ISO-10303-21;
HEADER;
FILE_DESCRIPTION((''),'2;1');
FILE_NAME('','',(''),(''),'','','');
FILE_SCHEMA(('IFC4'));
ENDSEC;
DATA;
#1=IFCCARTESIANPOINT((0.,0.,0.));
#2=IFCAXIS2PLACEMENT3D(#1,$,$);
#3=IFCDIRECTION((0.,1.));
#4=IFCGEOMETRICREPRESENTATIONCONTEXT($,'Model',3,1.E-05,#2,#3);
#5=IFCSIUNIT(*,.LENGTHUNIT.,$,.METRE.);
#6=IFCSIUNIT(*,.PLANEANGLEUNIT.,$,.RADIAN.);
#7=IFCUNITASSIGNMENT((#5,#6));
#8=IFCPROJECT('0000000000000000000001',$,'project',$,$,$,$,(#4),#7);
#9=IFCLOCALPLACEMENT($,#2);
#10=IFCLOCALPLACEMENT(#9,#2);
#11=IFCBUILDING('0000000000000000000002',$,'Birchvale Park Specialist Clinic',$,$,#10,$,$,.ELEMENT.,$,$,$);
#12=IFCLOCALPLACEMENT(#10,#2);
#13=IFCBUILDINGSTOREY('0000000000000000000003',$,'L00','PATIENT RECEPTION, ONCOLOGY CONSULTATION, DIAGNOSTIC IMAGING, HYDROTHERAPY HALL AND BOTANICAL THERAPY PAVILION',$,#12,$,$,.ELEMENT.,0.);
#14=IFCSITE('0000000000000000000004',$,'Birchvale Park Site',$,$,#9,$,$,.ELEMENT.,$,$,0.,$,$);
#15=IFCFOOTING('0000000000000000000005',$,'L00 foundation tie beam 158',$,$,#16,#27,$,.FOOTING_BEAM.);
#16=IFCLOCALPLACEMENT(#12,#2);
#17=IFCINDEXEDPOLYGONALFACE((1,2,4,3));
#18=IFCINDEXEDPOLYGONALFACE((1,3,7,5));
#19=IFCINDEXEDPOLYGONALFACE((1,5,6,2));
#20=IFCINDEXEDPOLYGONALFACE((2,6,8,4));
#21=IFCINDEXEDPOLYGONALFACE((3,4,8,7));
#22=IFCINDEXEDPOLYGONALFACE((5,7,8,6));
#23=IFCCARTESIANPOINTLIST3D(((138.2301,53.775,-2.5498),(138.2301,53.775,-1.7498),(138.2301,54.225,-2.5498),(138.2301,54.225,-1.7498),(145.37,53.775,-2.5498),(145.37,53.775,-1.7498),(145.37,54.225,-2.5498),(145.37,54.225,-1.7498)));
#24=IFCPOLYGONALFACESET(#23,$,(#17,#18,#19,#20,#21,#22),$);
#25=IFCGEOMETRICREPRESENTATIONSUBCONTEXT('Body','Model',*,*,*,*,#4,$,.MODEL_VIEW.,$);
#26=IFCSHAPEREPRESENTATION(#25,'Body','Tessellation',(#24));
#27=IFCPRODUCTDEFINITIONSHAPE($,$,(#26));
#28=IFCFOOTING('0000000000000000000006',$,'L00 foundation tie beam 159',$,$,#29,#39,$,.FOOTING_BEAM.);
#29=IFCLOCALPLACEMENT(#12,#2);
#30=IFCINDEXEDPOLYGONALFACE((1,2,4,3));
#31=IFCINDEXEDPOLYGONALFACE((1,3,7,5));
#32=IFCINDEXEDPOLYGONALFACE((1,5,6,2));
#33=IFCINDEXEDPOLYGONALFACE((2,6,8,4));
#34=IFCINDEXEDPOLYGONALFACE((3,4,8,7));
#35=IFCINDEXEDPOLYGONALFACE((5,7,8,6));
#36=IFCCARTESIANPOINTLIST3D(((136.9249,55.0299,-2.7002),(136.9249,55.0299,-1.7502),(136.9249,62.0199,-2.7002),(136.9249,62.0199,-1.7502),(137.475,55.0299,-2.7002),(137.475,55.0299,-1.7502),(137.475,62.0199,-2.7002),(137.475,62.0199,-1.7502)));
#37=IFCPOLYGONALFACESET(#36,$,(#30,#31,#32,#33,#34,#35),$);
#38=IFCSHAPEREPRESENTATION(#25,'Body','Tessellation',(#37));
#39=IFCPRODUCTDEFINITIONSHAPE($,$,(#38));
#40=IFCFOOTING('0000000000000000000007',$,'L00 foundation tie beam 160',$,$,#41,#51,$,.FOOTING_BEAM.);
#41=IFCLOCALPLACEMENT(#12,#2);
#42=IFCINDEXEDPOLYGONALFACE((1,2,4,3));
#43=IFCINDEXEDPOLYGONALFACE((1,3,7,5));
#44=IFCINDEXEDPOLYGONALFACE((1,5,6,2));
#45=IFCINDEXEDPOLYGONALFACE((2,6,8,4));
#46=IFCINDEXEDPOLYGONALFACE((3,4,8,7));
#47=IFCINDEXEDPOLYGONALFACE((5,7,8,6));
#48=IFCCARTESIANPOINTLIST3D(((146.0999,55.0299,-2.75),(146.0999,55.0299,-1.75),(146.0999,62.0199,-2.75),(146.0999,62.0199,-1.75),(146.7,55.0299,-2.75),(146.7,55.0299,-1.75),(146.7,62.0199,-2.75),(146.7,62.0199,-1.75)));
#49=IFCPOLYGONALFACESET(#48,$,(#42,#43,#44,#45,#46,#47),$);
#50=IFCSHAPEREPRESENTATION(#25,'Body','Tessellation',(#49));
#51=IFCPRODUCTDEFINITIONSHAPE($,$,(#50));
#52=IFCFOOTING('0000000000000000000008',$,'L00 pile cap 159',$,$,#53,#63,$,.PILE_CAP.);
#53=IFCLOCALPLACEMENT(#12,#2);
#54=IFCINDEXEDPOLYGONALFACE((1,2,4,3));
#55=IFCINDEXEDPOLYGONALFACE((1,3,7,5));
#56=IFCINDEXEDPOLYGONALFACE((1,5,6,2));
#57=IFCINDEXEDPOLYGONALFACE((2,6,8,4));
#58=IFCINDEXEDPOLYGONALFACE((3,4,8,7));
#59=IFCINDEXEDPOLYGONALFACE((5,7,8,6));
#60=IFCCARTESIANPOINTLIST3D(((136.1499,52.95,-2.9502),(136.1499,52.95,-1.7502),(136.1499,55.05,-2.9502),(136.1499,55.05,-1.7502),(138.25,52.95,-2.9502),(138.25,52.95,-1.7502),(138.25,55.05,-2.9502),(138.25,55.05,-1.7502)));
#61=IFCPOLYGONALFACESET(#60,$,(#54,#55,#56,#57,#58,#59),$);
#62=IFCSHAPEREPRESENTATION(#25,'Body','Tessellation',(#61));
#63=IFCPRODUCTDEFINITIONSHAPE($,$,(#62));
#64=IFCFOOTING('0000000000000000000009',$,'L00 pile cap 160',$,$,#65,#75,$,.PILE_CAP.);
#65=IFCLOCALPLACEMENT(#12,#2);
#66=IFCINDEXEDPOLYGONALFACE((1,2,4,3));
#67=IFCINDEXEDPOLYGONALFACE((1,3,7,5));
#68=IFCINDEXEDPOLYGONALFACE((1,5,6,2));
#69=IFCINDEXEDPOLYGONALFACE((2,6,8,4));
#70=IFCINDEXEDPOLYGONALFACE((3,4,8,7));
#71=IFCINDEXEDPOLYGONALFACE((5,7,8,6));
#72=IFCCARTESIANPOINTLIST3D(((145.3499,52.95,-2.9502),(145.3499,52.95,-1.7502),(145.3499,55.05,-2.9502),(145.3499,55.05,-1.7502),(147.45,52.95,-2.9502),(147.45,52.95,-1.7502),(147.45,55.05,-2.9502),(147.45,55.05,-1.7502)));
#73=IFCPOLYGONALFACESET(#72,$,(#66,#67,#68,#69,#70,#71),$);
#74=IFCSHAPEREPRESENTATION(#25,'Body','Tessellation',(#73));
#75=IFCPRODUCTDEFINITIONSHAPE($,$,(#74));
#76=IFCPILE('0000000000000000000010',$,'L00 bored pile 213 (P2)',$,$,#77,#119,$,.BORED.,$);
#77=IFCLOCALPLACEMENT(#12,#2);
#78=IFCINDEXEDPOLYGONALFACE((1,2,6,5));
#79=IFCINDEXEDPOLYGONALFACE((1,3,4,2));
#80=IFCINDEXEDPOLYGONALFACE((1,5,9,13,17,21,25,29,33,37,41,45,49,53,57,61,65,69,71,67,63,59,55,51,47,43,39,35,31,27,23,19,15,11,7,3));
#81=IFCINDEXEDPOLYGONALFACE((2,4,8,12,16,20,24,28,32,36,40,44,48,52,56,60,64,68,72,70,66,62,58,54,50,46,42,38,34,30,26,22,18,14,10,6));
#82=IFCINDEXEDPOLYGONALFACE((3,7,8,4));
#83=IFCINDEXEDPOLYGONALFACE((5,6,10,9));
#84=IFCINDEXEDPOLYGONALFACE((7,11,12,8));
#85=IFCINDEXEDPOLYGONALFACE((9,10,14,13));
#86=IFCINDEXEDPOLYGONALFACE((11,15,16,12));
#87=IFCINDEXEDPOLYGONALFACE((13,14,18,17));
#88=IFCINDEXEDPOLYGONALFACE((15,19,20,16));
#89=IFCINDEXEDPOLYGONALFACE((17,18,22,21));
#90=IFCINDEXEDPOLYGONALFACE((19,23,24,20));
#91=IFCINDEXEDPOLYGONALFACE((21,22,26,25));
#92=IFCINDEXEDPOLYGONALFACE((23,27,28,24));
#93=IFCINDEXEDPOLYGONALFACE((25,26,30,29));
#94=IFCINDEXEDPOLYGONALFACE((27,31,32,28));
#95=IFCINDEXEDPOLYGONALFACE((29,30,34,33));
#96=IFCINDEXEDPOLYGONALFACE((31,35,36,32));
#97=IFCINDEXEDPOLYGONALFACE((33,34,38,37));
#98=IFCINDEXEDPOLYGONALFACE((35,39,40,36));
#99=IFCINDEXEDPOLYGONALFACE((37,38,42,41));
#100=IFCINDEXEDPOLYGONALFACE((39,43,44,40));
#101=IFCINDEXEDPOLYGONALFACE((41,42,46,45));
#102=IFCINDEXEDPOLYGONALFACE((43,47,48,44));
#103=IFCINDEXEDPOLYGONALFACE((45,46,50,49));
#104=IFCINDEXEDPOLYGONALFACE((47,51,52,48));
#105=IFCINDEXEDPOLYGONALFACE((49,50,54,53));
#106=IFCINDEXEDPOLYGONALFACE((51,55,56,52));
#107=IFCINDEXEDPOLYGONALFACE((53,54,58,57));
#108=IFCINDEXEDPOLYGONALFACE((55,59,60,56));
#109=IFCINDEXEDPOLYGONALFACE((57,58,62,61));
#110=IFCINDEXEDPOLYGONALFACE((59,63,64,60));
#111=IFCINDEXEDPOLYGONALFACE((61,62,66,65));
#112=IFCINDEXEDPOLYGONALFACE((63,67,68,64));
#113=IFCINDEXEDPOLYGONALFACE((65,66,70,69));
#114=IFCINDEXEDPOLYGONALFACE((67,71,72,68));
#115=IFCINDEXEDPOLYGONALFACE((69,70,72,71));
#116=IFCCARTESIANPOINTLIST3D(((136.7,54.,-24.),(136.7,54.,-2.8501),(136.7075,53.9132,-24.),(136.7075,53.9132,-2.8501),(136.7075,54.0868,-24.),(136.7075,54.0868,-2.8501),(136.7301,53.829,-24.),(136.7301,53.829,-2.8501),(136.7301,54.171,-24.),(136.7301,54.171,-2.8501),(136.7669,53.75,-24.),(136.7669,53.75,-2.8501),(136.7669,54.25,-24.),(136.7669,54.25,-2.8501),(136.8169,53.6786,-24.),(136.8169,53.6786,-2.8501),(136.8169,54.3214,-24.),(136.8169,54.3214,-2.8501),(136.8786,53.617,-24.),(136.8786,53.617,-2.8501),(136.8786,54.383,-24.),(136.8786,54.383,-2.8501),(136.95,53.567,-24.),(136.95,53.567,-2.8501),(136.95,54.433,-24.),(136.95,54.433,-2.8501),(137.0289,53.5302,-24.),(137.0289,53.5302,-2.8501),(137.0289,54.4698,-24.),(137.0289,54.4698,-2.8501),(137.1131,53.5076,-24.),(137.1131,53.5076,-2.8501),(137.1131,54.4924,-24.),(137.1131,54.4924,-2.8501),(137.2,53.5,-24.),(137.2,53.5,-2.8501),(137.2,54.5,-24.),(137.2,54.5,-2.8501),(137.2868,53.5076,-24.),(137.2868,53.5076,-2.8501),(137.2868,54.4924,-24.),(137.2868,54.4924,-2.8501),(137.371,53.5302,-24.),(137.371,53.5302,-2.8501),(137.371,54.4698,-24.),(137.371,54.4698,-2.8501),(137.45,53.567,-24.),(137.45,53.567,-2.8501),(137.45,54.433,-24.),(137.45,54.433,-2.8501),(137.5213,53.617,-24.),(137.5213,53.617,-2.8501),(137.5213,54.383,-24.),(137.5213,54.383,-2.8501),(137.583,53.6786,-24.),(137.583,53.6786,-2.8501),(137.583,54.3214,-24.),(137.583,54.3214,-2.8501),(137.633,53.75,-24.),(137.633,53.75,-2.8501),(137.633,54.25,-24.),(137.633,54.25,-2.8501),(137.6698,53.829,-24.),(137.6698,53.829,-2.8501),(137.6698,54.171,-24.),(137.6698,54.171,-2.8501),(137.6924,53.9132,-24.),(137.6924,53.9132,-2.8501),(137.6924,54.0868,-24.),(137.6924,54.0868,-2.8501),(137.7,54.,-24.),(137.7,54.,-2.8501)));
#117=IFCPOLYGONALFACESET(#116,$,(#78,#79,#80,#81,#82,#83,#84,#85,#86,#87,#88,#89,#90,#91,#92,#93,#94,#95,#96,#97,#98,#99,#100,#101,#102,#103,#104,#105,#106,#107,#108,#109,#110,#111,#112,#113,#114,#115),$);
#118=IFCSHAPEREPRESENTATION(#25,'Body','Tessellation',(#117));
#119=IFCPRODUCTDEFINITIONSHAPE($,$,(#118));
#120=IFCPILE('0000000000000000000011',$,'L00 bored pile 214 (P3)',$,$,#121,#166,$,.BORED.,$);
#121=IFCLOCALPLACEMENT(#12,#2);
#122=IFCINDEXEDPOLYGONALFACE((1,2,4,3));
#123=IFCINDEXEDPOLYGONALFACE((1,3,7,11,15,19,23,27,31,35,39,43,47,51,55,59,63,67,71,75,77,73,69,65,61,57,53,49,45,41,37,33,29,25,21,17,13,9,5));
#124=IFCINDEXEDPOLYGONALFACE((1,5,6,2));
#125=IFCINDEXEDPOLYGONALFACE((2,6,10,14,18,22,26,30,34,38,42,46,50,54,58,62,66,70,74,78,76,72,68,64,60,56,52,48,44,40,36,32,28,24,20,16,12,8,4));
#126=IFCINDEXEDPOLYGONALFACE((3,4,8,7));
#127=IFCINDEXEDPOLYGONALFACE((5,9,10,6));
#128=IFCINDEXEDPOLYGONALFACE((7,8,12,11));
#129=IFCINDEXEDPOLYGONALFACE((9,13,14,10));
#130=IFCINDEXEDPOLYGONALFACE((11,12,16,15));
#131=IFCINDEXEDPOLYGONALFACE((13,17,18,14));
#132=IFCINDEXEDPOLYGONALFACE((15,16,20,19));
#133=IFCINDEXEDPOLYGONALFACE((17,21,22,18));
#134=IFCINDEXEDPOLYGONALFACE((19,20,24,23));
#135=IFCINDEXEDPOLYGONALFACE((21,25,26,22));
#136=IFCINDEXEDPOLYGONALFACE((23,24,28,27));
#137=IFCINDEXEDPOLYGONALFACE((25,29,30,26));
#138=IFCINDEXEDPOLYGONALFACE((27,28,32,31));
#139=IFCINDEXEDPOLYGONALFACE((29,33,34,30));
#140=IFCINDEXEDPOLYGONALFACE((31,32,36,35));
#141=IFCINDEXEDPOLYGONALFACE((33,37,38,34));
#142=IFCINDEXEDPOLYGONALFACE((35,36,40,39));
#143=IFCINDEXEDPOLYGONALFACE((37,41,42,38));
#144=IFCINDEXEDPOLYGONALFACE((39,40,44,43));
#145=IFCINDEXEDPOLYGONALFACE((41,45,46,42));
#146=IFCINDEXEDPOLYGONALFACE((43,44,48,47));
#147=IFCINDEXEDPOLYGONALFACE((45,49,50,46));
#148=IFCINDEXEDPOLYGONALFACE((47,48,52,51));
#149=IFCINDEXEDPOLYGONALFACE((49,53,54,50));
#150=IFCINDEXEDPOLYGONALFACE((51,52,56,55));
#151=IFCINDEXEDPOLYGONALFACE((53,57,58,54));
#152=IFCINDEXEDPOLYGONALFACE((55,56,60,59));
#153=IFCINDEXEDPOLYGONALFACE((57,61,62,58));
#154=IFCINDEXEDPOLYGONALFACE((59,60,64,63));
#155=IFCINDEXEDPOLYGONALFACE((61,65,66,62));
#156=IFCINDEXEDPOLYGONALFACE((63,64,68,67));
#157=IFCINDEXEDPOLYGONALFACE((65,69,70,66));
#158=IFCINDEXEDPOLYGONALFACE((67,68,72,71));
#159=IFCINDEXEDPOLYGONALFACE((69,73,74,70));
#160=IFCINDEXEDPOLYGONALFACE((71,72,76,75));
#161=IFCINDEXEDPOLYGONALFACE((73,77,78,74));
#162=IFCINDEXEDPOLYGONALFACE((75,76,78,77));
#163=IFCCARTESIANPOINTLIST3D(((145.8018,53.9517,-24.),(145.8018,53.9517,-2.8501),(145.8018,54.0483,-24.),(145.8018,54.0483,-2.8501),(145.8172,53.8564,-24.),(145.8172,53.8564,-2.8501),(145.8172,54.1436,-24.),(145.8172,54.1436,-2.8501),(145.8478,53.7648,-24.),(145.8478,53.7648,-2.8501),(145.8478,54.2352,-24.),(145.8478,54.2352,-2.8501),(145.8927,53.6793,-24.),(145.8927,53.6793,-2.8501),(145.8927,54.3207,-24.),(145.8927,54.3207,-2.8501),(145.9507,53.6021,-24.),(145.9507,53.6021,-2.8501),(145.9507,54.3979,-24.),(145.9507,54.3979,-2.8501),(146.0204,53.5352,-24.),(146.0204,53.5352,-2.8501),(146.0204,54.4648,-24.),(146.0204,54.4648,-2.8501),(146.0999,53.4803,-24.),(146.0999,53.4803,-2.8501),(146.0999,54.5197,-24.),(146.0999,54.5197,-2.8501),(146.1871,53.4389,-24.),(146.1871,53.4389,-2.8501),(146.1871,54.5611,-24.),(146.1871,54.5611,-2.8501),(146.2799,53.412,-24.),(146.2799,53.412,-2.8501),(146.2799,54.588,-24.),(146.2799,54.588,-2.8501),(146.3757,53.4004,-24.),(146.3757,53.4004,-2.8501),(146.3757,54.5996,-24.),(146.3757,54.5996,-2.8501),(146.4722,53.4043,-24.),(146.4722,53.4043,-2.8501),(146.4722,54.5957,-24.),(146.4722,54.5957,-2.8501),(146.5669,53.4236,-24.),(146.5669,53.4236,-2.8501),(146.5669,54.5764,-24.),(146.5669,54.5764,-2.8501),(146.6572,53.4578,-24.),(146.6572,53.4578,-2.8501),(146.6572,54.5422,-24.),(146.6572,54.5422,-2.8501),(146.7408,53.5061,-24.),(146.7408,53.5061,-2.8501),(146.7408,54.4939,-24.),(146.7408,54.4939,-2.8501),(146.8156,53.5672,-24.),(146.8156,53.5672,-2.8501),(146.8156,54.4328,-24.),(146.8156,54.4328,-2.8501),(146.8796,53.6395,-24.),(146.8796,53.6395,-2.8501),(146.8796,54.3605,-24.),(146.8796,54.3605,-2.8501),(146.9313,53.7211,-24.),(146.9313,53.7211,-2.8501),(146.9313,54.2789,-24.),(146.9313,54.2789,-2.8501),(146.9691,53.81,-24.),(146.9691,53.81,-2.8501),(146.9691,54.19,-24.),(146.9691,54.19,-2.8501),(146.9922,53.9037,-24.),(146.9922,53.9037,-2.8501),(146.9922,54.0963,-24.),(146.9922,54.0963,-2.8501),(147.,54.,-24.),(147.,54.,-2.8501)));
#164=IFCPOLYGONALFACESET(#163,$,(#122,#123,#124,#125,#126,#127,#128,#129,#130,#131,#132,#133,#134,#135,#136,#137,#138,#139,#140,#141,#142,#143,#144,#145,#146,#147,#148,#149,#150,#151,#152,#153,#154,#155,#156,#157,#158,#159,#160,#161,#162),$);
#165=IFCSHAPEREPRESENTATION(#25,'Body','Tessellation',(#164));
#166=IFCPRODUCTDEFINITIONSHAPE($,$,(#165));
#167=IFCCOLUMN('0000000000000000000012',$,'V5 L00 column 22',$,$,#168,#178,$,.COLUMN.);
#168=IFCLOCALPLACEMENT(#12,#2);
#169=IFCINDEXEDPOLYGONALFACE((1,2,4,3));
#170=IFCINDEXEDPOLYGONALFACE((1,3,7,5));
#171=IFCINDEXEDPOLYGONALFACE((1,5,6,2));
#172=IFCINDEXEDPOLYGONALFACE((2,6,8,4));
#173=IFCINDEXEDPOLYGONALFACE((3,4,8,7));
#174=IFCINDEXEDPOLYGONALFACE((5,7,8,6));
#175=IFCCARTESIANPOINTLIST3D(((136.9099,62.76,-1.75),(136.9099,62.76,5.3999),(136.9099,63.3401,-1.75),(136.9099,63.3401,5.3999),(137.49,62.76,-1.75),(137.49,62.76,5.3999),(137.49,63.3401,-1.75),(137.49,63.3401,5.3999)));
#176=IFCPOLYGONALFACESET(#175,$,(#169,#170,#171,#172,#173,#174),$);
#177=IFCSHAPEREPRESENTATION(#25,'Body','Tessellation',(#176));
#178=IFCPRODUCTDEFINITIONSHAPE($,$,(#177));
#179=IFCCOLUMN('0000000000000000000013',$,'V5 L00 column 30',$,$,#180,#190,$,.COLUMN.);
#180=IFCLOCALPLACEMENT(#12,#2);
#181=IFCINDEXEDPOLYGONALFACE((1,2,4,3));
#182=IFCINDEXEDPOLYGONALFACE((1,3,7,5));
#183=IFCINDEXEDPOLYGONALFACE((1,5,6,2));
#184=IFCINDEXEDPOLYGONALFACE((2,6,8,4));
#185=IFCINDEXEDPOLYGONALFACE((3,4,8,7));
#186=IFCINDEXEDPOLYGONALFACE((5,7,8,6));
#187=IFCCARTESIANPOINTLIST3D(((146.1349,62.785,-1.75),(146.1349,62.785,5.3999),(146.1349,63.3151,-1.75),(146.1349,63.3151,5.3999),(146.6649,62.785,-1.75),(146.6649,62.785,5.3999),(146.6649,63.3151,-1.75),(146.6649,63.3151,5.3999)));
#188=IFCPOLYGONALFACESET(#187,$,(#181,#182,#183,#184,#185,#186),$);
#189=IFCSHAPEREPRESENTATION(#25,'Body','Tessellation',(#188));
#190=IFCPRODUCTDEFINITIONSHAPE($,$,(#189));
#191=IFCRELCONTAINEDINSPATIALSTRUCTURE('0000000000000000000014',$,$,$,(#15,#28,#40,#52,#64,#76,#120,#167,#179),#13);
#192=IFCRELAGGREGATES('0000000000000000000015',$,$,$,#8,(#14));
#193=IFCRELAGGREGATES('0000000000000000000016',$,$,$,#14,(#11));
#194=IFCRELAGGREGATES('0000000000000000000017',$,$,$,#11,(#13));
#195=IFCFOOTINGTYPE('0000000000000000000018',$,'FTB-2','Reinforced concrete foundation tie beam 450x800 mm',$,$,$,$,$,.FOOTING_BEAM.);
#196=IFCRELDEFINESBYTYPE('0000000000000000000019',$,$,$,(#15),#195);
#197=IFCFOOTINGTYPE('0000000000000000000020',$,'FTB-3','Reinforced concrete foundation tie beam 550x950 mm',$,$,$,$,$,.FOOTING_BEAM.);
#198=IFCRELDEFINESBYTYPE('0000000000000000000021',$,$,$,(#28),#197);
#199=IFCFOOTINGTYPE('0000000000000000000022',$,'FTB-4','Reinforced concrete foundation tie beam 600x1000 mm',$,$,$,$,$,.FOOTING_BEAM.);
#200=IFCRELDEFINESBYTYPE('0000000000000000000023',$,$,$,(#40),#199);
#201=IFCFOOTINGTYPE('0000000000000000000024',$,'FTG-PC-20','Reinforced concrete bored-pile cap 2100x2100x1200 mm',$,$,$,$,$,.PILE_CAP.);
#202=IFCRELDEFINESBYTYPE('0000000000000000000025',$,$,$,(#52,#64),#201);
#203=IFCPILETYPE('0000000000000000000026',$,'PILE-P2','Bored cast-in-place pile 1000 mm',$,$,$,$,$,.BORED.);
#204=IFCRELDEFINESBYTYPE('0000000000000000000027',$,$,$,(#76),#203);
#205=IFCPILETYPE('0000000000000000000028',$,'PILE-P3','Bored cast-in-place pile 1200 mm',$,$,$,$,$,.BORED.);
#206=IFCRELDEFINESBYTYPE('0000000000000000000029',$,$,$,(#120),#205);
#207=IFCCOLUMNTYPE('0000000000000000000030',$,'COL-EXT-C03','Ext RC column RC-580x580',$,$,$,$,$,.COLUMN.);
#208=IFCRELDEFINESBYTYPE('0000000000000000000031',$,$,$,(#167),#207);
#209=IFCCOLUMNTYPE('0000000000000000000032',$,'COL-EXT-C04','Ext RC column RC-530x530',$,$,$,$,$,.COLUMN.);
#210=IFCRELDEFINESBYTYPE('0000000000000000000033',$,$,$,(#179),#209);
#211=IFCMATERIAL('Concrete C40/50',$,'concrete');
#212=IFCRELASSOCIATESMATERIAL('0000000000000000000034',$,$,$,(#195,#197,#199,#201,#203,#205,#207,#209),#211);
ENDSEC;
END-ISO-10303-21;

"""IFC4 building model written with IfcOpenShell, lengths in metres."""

from ifc_helpers import new_model, si_unit, direction, frame, origin, origin_2d, place, context, subcontext, project, spatial, rectangle, circle, extrude, material, material_profile, profile_set, type_object, element, save


model = new_model("IFC4")

# Units and contexts
model_context = context("Model", 3, precision=1e-05, world=origin(), true_north=direction((0.0, 1.0)))
body_context = subcontext(model_context, "Body", "Model", "MODEL_VIEW")
ifc_project = project(units=[si_unit("LENGTHUNIT", "METRE"), si_unit("PLANEANGLEUNIT", "RADIAN")], contexts=[model_context])

# Site, building, storey
site_placement = place(None, origin())
site = spatial("IfcSite", under=ifc_project, at=site_placement, Name="Birchvale Park Site", CompositionType="ELEMENT", RefElevation=0.0)
building_placement = place(site_placement, origin())
building = spatial("IfcBuilding", under=site, at=building_placement, Name="Birchvale Park Specialist Clinic", CompositionType="ELEMENT")
storey_placement = place(building_placement, origin())
storey = spatial("IfcBuildingStorey", under=building, at=storey_placement, Name="L00", Description="PATIENT RECEPTION, ONCOLOGY CONSULTATION, DIAGNOSTIC IMAGING, HYDROTHERAPY HALL AND BOTANICAL THERAPY PAVILION", CompositionType="ELEMENT", Elevation=0.0)

# Footings
ifc_material_1 = material(Name="Concrete C40/50", Category="concrete")
footing_type_1 = type_object("IfcFootingType", Name="FTB-2", Description="Reinforced concrete foundation tie beam 450x800 mm", PredefinedType="FOOTING_BEAM", material=ifc_material_1)
footing_1_placement = place(storey_placement, frame((141.8, 54.0, -2.5498), z_axis=(0.0, 0.0, 1.0), x_axis=(1.0, 0.0, 0.0)))
element("IfcFooting", 1, at=footing_1_placement, inside=storey, type_object=footing_type_1, Name="L00 foundation tie beam 158", PredefinedType="FOOTING_BEAM", context=body_context, shape_type="SweptSolid", body=[
    extrude(rectangle(XDim=7.1399, YDim=0.45, at=origin_2d()), origin(), (0.0, 0.0, 1.0), 0.8),
])
footing_type_2 = type_object("IfcFootingType", Name="FTB-3", Description="Reinforced concrete foundation tie beam 550x950 mm", PredefinedType="FOOTING_BEAM", material=ifc_material_1)
footing_2_placement = place(storey_placement, frame((137.2, 58.5249, -2.7002), z_axis=(0.0, 0.0, 1.0), x_axis=(1.0, 0.0, 0.0)))
element("IfcFooting", 2, at=footing_2_placement, inside=storey, type_object=footing_type_2, Name="L00 foundation tie beam 159", PredefinedType="FOOTING_BEAM", context=body_context, shape_type="SweptSolid", body=[
    extrude(rectangle(XDim=0.55, YDim=6.99, at=origin_2d()), origin(), (0.0, 0.0, 1.0), 0.95),
])
footing_type_3 = type_object("IfcFootingType", Name="FTB-4", Description="Reinforced concrete foundation tie beam 600x1000 mm", PredefinedType="FOOTING_BEAM", material=ifc_material_1)
footing_3_placement = place(storey_placement, frame((146.3999, 58.5249, -2.75), z_axis=(0.0, 0.0, 1.0), x_axis=(1.0, 0.0, 0.0)))
element("IfcFooting", 3, at=footing_3_placement, inside=storey, type_object=footing_type_3, Name="L00 foundation tie beam 160", PredefinedType="FOOTING_BEAM", context=body_context, shape_type="SweptSolid", body=[
    extrude(rectangle(XDim=0.6001, YDim=6.99, at=origin_2d()), origin(), (0.0, 0.0, 1.0), 1.0),
])
footing_type_4 = type_object("IfcFootingType", Name="FTG-PC-20", Description="Reinforced concrete bored-pile cap 2100x2100x1200 mm", PredefinedType="PILE_CAP", material=ifc_material_1)
for number, where, z_axis, x_axis, name in (
    (4, (137.2, 54.0, -2.9502), (0.0, 0.0, 1.0), (1.0, 0.0, 0.0), "L00 pile cap 159"),
    (5, (146.3999, 54.0, -2.9502), (0.0, 0.0, 1.0), (1.0, 0.0, 0.0), "L00 pile cap 160"),
):
    element("IfcFooting", number, at=place(storey_placement, frame(where, z_axis=z_axis, x_axis=x_axis)), inside=storey, type_object=footing_type_4, Name=name, PredefinedType="PILE_CAP", context=body_context, shape_type="SweptSolid", body=[
        extrude(rectangle(XDim=2.1001, YDim=2.1001, at=origin_2d()), origin(), (0.0, 0.0, 1.0), 1.2),
    ])

# Piles
ifc_material_profile_1 = material_profile(ifc_material_1, circle(Radius=0.5, at=origin_2d()), Name="PILE-1000")
ifc_profile_set_1 = profile_set([ifc_material_profile_1], Name="Concrete C40/50")
pile_type_1 = type_object("IfcPileType", Name="PILE-P2", Description="Bored cast-in-place pile 1000 mm", PredefinedType="BORED", material=ifc_profile_set_1)
pile_1_placement = place(storey_placement, frame((137.2, 54.0, -2.8501), z_axis=(0.0, 0.0, -1.0), x_axis=(1.0, 0.0, 0.0)))
element("IfcPile", 6, at=pile_1_placement, inside=storey, type_object=pile_type_1, Name="L00 bored pile 213 (P2)", PredefinedType="BORED", context=body_context, shape_type="SweptSolid", body=[
    extrude(circle(Radius=0.5, at=origin_2d()), origin(), (0.0, 0.0, 1.0), 21.1499),
])
ifc_material_profile_2 = material_profile(ifc_material_1, circle(Radius=0.6001, at=origin_2d()), Name="PILE-1200")
ifc_profile_set_2 = profile_set([ifc_material_profile_2], Name="Concrete C40/50")
pile_type_2 = type_object("IfcPileType", Name="PILE-P3", Description="Bored cast-in-place pile 1200 mm", PredefinedType="BORED", material=ifc_profile_set_2)
pile_2_placement = place(storey_placement, frame((146.3999, 54.0, -2.8501), z_axis=(0.0, 0.0, -1.0), x_axis=(1.0, 0.0, 0.0)))
element("IfcPile", 7, at=pile_2_placement, inside=storey, type_object=pile_type_2, Name="L00 bored pile 214 (P3)", PredefinedType="BORED", context=body_context, shape_type="SweptSolid", body=[
    extrude(circle(Radius=0.6001, at=origin_2d()), origin(), (0.0, 0.0, 1.0), 21.1499),
])

# Columns
ifc_material_profile_3 = material_profile(ifc_material_1, rectangle(XDim=0.5801, YDim=0.5801, at=origin_2d()), Name="RC-580x580")
ifc_profile_set_3 = profile_set([ifc_material_profile_3], Name="Concrete C40/50")
column_type_1 = type_object("IfcColumnType", Name="COL-EXT-C03", Description="Ext RC column RC-580x580", PredefinedType="COLUMN", material=ifc_profile_set_3)
column_1_placement = place(storey_placement, frame((137.2, 63.05, -1.75), z_axis=(0.0, 0.0, 1.0), x_axis=(1.0, 0.0, 0.0)))
element("IfcColumn", 8, at=column_1_placement, inside=storey, type_object=column_type_1, Name="V5 L00 column 22", PredefinedType="COLUMN", context=body_context, shape_type="SweptSolid", body=[
    extrude(rectangle(XDim=0.5801, YDim=0.5801, at=origin_2d()), origin(), (0.0, 0.0, 1.0), 7.1499),
])
ifc_material_profile_4 = material_profile(ifc_material_1, rectangle(XDim=0.53, YDim=0.53, at=origin_2d()), Name="RC-530x530")
ifc_profile_set_4 = profile_set([ifc_material_profile_4], Name="Concrete C40/50")
column_type_2 = type_object("IfcColumnType", Name="COL-EXT-C04", Description="Ext RC column RC-530x530", PredefinedType="COLUMN", material=ifc_profile_set_4)
column_2_placement = place(storey_placement, frame((146.3999, 63.05, -1.75), z_axis=(0.0, 0.0, 1.0), x_axis=(1.0, 0.0, 0.0)))
element("IfcColumn", 9, at=column_2_placement, inside=storey, type_object=column_type_2, Name="V5 L00 column 30", PredefinedType="COLUMN", context=body_context, shape_type="SweptSolid", body=[
    extrude(rectangle(XDim=0.53, YDim=0.53, at=origin_2d()), origin(), (0.0, 0.0, 1.0), 7.1499),
])

save(model, "model.ifc")
